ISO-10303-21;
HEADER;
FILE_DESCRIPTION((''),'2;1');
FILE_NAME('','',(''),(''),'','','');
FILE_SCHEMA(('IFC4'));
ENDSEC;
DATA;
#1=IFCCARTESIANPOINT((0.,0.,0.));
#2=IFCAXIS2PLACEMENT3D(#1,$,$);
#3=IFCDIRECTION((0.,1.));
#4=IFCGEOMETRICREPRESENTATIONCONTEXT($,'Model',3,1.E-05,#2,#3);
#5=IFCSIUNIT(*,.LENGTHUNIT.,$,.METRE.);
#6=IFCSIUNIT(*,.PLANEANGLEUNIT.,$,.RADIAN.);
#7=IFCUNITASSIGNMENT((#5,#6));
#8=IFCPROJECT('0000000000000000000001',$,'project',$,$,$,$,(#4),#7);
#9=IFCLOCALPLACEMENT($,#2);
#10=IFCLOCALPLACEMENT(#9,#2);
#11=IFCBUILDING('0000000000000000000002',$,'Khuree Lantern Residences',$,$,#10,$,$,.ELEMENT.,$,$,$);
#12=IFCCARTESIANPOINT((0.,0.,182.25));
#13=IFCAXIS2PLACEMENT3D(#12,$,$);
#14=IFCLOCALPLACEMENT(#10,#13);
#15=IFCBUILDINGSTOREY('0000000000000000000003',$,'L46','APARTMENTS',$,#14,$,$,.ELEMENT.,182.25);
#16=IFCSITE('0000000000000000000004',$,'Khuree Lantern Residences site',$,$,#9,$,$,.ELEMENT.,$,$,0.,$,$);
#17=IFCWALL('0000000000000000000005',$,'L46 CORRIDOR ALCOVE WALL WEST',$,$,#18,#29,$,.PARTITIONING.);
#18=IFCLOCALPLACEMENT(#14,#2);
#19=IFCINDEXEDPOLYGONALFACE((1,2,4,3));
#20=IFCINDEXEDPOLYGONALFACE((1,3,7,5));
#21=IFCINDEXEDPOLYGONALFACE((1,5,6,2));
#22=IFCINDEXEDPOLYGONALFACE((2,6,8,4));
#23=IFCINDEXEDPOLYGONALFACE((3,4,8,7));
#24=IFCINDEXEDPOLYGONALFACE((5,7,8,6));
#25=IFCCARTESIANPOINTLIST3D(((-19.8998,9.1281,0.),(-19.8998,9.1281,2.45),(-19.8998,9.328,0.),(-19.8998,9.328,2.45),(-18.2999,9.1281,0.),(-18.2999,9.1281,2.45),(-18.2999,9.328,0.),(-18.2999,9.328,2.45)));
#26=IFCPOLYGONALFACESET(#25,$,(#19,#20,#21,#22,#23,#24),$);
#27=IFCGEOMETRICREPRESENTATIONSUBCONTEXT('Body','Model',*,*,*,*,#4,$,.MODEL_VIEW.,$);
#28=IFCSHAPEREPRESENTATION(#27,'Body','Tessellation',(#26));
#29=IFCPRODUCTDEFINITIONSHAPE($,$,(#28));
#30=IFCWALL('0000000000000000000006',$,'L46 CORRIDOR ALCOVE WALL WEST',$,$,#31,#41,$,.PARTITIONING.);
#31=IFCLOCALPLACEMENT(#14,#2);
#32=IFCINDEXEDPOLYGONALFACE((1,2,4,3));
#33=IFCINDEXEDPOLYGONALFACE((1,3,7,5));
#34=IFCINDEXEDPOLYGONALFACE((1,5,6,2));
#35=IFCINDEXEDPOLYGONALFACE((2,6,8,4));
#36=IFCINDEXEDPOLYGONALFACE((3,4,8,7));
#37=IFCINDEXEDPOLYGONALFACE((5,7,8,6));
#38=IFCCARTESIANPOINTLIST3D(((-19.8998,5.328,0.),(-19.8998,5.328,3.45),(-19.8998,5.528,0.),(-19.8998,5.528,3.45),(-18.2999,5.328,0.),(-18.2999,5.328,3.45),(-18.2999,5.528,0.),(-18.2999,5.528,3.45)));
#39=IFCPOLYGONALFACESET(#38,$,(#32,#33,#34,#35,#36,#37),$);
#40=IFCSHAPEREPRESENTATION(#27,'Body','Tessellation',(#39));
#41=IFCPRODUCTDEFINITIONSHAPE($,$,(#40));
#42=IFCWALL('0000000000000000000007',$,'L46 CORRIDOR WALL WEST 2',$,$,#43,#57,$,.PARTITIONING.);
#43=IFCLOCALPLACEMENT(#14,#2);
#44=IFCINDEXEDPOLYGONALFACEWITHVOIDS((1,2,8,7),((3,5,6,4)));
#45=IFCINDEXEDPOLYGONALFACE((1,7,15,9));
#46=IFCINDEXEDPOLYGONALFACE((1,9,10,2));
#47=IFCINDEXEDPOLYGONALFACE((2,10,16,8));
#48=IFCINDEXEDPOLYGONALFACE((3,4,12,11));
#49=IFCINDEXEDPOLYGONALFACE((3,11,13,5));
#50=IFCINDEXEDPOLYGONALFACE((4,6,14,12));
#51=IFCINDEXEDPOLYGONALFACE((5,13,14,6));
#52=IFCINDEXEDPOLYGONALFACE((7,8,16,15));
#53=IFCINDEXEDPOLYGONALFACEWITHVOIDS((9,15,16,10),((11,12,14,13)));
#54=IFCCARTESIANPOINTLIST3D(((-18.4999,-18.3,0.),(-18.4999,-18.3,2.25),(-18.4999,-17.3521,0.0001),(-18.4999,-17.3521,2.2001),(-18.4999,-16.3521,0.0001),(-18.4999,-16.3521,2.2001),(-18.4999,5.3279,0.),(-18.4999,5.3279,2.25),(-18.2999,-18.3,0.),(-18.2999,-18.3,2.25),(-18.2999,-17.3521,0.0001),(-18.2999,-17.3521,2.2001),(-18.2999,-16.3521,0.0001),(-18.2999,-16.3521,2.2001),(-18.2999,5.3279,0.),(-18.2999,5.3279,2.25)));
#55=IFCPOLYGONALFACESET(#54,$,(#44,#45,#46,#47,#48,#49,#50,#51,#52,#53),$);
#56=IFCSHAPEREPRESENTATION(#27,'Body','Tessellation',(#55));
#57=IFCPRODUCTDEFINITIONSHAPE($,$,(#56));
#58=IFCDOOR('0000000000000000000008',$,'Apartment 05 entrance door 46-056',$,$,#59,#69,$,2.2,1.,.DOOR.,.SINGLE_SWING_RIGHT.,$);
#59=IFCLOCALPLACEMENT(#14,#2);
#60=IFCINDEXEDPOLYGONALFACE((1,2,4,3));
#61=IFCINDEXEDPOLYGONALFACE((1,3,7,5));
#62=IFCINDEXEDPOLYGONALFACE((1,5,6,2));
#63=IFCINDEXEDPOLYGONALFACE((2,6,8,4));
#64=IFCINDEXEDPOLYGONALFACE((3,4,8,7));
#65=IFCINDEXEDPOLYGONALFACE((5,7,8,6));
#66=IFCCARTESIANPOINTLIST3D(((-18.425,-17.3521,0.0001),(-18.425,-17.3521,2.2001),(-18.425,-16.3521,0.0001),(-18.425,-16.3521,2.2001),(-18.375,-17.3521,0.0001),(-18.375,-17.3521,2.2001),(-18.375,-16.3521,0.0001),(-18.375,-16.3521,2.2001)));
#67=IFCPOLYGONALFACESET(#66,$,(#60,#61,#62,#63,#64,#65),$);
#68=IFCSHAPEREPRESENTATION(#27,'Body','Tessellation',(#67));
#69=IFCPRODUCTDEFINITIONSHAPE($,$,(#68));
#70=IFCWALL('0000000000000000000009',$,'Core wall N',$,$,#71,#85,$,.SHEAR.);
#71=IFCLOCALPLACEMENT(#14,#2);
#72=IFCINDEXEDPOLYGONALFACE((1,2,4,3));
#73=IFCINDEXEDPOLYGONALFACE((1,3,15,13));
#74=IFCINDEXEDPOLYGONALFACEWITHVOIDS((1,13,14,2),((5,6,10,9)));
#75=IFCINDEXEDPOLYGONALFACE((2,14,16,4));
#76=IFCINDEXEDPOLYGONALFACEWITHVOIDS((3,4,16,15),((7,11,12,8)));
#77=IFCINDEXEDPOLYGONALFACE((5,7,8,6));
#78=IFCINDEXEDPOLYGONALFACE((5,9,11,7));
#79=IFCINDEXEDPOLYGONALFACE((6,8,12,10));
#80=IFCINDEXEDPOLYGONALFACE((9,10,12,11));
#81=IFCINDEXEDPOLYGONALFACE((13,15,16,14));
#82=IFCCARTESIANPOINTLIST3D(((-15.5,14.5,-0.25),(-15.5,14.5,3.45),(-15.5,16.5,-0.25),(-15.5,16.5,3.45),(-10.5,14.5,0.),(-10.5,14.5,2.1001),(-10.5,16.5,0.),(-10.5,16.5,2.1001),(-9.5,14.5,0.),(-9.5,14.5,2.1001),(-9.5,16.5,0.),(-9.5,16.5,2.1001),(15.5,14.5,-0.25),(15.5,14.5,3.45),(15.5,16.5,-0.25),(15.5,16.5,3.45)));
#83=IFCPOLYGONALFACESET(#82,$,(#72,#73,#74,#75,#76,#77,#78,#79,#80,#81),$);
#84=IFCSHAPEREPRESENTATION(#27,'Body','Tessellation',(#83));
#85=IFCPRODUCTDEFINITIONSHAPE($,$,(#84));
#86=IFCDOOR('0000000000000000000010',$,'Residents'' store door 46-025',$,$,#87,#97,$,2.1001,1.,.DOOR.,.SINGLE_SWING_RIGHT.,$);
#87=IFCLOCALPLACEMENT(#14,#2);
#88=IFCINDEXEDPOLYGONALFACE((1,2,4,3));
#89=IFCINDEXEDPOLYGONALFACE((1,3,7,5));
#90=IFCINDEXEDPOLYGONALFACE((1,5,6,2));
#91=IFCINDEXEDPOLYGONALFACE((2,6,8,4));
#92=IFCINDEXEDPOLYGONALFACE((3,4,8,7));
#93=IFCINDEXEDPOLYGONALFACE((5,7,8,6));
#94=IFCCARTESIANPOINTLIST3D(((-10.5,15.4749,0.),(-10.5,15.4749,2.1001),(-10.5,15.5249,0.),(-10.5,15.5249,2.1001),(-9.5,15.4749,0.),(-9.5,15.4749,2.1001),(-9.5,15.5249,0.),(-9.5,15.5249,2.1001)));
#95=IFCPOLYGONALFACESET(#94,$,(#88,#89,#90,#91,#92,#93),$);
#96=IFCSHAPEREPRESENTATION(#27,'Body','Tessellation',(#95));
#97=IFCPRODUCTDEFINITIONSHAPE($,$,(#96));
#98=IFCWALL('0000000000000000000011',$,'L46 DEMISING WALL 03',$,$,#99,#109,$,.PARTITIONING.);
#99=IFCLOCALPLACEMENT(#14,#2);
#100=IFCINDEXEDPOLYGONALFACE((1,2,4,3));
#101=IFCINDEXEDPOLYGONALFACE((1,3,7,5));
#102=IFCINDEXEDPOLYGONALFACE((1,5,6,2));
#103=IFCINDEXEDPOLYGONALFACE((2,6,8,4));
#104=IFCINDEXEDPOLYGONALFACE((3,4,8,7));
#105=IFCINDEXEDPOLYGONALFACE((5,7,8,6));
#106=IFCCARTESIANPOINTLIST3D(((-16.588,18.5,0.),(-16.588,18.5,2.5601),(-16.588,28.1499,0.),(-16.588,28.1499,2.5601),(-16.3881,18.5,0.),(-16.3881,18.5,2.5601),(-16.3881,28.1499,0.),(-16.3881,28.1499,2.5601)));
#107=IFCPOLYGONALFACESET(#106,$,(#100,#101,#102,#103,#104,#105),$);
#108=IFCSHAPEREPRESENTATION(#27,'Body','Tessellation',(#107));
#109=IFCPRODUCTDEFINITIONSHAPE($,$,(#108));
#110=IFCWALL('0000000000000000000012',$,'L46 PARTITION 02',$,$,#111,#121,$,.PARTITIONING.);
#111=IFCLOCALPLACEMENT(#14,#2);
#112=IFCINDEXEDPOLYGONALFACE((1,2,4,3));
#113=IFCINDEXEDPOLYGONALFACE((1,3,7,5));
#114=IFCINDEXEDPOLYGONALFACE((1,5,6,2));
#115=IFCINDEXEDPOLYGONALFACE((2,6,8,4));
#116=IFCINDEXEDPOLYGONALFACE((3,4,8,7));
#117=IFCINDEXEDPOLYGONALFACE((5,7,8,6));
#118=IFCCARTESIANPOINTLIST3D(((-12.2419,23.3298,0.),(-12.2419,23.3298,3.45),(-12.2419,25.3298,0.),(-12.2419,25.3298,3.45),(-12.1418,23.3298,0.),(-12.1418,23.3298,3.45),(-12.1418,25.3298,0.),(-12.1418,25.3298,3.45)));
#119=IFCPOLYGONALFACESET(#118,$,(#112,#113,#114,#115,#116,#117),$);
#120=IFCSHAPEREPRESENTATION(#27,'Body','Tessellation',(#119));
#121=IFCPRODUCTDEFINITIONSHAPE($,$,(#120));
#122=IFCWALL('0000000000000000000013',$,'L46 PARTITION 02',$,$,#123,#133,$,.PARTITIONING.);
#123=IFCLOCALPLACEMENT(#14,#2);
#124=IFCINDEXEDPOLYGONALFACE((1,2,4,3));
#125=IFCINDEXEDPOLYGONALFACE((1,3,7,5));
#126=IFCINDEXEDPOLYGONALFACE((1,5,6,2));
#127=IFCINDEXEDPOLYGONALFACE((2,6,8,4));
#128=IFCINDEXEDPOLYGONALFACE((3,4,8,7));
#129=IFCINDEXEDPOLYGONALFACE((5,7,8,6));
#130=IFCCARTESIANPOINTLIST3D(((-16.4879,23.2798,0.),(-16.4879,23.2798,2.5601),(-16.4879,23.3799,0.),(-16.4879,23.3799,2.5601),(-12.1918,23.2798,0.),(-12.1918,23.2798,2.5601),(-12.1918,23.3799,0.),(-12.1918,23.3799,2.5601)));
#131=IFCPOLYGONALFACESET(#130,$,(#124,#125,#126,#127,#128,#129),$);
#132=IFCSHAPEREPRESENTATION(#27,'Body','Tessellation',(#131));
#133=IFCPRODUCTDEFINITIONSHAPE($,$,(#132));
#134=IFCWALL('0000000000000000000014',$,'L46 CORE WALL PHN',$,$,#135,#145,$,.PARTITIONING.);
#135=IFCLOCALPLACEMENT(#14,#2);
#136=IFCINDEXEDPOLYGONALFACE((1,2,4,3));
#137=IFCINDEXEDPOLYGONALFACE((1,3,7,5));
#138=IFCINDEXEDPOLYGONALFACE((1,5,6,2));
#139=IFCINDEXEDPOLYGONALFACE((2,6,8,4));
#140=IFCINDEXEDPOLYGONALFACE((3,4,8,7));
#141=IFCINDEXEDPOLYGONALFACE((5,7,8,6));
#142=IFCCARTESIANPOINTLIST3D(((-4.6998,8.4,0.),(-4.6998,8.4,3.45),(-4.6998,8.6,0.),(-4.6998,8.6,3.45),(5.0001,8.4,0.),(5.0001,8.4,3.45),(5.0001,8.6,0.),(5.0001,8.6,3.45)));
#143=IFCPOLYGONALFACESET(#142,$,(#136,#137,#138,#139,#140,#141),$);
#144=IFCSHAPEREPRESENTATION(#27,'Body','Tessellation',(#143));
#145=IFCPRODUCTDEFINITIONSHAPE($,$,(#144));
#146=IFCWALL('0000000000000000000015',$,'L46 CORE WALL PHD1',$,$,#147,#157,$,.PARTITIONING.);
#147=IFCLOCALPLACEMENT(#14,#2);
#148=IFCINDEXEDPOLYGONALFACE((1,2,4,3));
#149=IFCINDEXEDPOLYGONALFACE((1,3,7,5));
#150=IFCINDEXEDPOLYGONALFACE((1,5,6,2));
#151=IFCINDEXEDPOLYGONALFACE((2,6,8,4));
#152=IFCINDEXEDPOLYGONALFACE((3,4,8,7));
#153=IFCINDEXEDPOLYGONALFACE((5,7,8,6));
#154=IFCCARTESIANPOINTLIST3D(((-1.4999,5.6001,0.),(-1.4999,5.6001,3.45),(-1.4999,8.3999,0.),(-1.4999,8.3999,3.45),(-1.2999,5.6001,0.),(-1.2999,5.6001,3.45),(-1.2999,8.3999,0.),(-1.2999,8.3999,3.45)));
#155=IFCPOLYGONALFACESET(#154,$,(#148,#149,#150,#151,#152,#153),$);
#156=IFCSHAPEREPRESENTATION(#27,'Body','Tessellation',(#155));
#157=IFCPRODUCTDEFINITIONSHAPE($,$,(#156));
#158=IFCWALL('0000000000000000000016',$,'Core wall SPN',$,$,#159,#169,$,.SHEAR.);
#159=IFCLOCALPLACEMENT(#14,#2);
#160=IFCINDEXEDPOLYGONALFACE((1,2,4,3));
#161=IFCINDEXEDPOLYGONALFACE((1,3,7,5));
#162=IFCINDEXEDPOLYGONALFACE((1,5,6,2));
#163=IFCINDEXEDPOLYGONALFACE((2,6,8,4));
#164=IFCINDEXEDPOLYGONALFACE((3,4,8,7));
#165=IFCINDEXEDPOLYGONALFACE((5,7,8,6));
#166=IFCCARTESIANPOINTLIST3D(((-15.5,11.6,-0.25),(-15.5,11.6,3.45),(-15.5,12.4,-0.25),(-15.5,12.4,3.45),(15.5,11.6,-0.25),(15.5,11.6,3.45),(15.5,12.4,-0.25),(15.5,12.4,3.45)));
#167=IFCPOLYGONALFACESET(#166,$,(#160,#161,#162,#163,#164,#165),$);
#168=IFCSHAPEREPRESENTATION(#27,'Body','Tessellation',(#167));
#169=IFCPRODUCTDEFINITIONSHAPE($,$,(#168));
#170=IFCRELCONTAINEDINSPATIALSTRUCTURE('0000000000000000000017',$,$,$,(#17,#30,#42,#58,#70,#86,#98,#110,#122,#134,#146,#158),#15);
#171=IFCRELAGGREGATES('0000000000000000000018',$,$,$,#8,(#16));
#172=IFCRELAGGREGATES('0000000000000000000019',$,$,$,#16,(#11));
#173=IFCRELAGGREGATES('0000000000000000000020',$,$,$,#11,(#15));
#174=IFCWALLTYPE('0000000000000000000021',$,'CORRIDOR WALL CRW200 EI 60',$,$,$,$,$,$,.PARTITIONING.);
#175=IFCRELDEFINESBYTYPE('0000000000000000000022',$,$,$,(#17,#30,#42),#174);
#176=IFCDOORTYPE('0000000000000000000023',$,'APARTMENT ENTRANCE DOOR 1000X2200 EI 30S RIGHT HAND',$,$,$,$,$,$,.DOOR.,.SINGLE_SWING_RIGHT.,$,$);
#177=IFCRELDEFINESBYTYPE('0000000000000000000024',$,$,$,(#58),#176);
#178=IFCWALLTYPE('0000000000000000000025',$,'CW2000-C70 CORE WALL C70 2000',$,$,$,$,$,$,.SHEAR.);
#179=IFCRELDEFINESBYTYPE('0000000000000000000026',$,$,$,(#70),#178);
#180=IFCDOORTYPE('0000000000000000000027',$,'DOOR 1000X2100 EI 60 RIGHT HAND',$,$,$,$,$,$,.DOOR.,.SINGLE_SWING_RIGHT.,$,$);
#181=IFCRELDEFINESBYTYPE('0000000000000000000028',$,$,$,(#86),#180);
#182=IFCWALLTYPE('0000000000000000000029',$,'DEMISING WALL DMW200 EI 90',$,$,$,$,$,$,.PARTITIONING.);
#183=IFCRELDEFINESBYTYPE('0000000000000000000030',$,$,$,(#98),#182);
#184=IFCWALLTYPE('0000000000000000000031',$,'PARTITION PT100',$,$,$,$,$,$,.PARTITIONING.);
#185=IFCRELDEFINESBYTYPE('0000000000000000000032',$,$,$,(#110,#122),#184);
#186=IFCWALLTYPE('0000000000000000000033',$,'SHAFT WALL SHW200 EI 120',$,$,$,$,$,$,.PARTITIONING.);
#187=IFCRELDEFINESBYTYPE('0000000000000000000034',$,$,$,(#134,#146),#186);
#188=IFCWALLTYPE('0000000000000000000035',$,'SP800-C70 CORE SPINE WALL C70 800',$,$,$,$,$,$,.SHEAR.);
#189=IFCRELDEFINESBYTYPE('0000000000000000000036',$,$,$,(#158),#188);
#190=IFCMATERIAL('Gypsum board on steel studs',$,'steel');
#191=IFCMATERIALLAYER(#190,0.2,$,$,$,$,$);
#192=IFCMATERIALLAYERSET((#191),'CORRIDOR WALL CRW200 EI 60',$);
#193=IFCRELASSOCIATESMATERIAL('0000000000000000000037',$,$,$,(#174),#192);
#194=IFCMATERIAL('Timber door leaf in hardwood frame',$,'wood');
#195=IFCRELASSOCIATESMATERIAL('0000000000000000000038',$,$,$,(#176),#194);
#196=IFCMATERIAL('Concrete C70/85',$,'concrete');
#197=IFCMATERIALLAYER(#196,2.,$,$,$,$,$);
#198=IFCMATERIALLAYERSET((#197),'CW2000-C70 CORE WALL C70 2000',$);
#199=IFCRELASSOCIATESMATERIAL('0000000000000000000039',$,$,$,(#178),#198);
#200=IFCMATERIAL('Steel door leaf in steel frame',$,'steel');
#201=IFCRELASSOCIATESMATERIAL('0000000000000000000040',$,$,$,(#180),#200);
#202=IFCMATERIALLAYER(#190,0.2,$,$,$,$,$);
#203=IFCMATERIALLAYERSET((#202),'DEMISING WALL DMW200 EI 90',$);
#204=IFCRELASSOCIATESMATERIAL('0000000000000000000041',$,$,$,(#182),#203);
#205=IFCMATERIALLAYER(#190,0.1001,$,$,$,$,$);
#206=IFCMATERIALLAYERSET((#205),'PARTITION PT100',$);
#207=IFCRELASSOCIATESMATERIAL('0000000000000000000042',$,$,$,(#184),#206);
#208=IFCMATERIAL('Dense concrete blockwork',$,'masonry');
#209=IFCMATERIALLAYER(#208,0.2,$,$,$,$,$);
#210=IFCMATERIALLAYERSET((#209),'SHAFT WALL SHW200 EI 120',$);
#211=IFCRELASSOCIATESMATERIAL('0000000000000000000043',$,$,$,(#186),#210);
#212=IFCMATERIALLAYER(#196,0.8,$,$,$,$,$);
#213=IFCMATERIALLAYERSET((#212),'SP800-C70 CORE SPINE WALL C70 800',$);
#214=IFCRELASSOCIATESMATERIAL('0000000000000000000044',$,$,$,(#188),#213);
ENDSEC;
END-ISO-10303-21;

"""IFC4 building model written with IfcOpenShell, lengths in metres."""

from ifc_helpers import new_model, si_unit, direction, frame, frame_2d, origin, place, context, subcontext, project, spatial, rectangle, extrude, material, layer, layer_set, type_object, element, fill, save


model = new_model("IFC4")

# Units and contexts
model_context = context("Model", 3, precision=1e-05, world=origin(), true_north=direction((0.0, 1.0)))
body_context = subcontext(model_context, "Body", "Model", "MODEL_VIEW")
ifc_project = project(units=[si_unit("LENGTHUNIT", "METRE"), si_unit("PLANEANGLEUNIT", "RADIAN")], contexts=[model_context])

# Site, building, storey
site_placement = place(None, origin())
site = spatial("IfcSite", under=ifc_project, at=site_placement, Name="Khuree Lantern Residences site", CompositionType="ELEMENT", RefElevation=0.0)
building_placement = place(site_placement, origin())
building = spatial("IfcBuilding", under=site, at=building_placement, Name="Khuree Lantern Residences", CompositionType="ELEMENT")
storey_placement = place(building_placement, frame((0.0, 0.0, 182.25)))
storey = spatial("IfcBuildingStorey", under=building, at=storey_placement, Name="L46", Description="APARTMENTS", CompositionType="ELEMENT", Elevation=182.25)

# Shared definitions
ifc_material_1 = material(Name="Concrete C70/85", Category="concrete")

# Shared definitions
ifc_material_2 = material(Name="Dense concrete blockwork", Category="masonry")

# Shared definitions
ifc_material_3 = material(Name="Steel door leaf in steel frame", Category="steel")
ifc_material_4 = material(Name="Timber door leaf in hardwood frame", Category="wood")

# Shared definitions
ifc_material_5 = material(Name="Gypsum board on steel studs", Category="steel")
ifc_layer_1 = layer(ifc_material_5, 0.2)
ifc_layer_set_1 = layer_set([ifc_layer_1], Name="CORRIDOR WALL CRW200 EI 60")
wall_type_1 = type_object("IfcWallType", Name="CORRIDOR WALL CRW200 EI 60", PredefinedType="PARTITIONING", material=ifc_layer_set_1)

# Walls
wall_1_placement = place(storey_placement, frame((-18.3, 9.228, 0.0), z_axis=(0.0, 0.0, 1.0), x_axis=(-1.0, 0.0, 0.0)))
element("IfcWall", 1, at=wall_1_placement, inside=storey, type_object=wall_type_1, Name="L46 CORRIDOR ALCOVE WALL WEST", PredefinedType="PARTITIONING", context=body_context, shape_type="SweptSolid", body=[
    extrude(rectangle(XDim=1.5999, YDim=0.2, at=frame_2d((0.7998, 0.0))), origin(), (0.0, 0.0, 1.0), 2.45),
])
wall_2_placement = place(storey_placement, frame((-18.3, 5.428, 0.0), z_axis=(0.0, 0.0, 1.0), x_axis=(-1.0, 0.0, 0.0)))
element("IfcWall", 2, at=wall_2_placement, inside=storey, type_object=wall_type_1, Name="L46 CORRIDOR ALCOVE WALL WEST", PredefinedType="PARTITIONING", context=body_context, shape_type="SweptSolid", body=[
    extrude(rectangle(XDim=1.5999, YDim=0.2, at=frame_2d((0.7998, 0.0))), origin(), (0.0, 0.0, 1.0), 3.45),
])

# Walls, openings, doors
wall_3_placement = place(storey_placement, frame((-18.3999, 5.3279, 0.0), z_axis=(0.0, 0.0, 1.0), x_axis=(0.0, -1.0, 0.0)))
wall_3 = element("IfcWall", 3, at=wall_3_placement, inside=storey, type_object=wall_type_1, Name="L46 CORRIDOR WALL WEST 2", PredefinedType="PARTITIONING", context=body_context, shape_type="SweptSolid", body=[
    extrude(rectangle(XDim=23.6279, YDim=0.2, at=frame_2d((11.814, 0.0))), origin(), (0.0, 0.0, 1.0), 2.25),
])
opening_1_placement = place(wall_3_placement, frame((21.6799, 0.0, 0.0)))
opening_1 = element("IfcOpeningElement", 4, at=opening_1_placement, cuts=wall_3, PredefinedType="OPENING", context=body_context, shape_type="SweptSolid", body=[
    extrude(rectangle(XDim=1.0, YDim=2.2, at=frame_2d((0.5, 1.1001))), frame((0.0, 0.1099, 0.0), z_axis=(0.0, -1.0, 0.0), x_axis=(1.0, 0.0, 0.0)), (0.0, 0.0, 1.0), 0.22),
])
door_type_1 = type_object("IfcDoorType", Name="APARTMENT ENTRANCE DOOR 1000X2200 EI 30S RIGHT HAND", OperationType="SINGLE_SWING_RIGHT", PredefinedType="DOOR", material=ifc_material_4)
door_1_placement = place(opening_1_placement, origin())
door_1 = element("IfcDoor", 5, at=door_1_placement, inside=storey, type_object=door_type_1, Name="Apartment 05 entrance door 46-056", OperationType="SINGLE_SWING_RIGHT", OverallHeight=2.2, OverallWidth=1.0, PredefinedType="DOOR", context=body_context, shape_type="SweptSolid", body=[
    extrude(rectangle(XDim=1.0, YDim=2.2, at=frame_2d((0.5, 1.1001))), frame((0.0, 0.0249, 0.0), z_axis=(0.0, -1.0, 0.0), x_axis=(1.0, 0.0, 0.0)), (0.0, 0.0, 1.0), 0.05),
])
fill(opening_1, door_1)
ifc_layer_2 = layer(ifc_material_1, 2.0)
ifc_layer_set_2 = layer_set([ifc_layer_2], Name="CW2000-C70 CORE WALL C70 2000")
wall_type_2 = type_object("IfcWallType", Name="CW2000-C70 CORE WALL C70 2000", PredefinedType="SHEAR", material=ifc_layer_set_2)
wall_4_placement = place(storey_placement, frame((-15.5, 15.5, -0.25), z_axis=(0.0, 0.0, 1.0), x_axis=(1.0, 0.0, 0.0)))
wall_4 = element("IfcWall", 6, at=wall_4_placement, inside=storey, type_object=wall_type_2, Name="Core wall N", PredefinedType="SHEAR", context=body_context, shape_type="SweptSolid", body=[
    extrude(rectangle(XDim=31.0, YDim=2.0, at=frame_2d((15.5, 0.0))), origin(), (0.0, 0.0, 1.0), 3.7),
])
opening_2_placement = place(wall_4_placement, frame((5.0, 0.0, 0.25)))
opening_2 = element("IfcOpeningElement", 7, at=opening_2_placement, cuts=wall_4, PredefinedType="OPENING", context=body_context, shape_type="SweptSolid", body=[
    extrude(rectangle(XDim=1.0, YDim=2.1001, at=frame_2d((0.5, 1.05))), frame((0.0, 1.01, 0.0), z_axis=(0.0, -1.0, 0.0), x_axis=(1.0, 0.0, 0.0)), (0.0, 0.0, 1.0), 2.02),
])
door_type_2 = type_object("IfcDoorType", Name="DOOR 1000X2100 EI 60 RIGHT HAND", OperationType="SINGLE_SWING_RIGHT", PredefinedType="DOOR", material=ifc_material_3)
door_2_placement = place(opening_2_placement, origin())
door_2 = element("IfcDoor", 8, at=door_2_placement, inside=storey, type_object=door_type_2, Name="Residents' store door 46-025", OperationType="SINGLE_SWING_RIGHT", OverallHeight=2.1001, OverallWidth=1.0, PredefinedType="DOOR", context=body_context, shape_type="SweptSolid", body=[
    extrude(rectangle(XDim=1.0, YDim=2.1001, at=frame_2d((0.5, 1.05))), frame((0.0, 0.0249, 0.0), z_axis=(0.0, -1.0, 0.0), x_axis=(1.0, 0.0, 0.0)), (0.0, 0.0, 1.0), 0.05),
])
fill(opening_2, door_2)

# Walls
ifc_layer_3 = layer(ifc_material_5, 0.2)
ifc_layer_set_3 = layer_set([ifc_layer_3], Name="DEMISING WALL DMW200 EI 90")
wall_type_3 = type_object("IfcWallType", Name="DEMISING WALL DMW200 EI 90", PredefinedType="PARTITIONING", material=ifc_layer_set_3)
wall_5_placement = place(storey_placement, frame((-16.488, 18.5, 0.0), z_axis=(0.0, 0.0, 1.0), x_axis=(0.0, 1.0, 0.0)))
element("IfcWall", 9, at=wall_5_placement, inside=storey, type_object=wall_type_3, Name="L46 DEMISING WALL 03", PredefinedType="PARTITIONING", context=body_context, shape_type="SweptSolid", body=[
    extrude(rectangle(XDim=9.6499, YDim=0.2, at=frame_2d((4.825, 0.0))), origin(), (0.0, 0.0, 1.0), 2.5601),
])
ifc_layer_4 = layer(ifc_material_5, 0.1001)
ifc_layer_set_4 = layer_set([ifc_layer_4], Name="PARTITION PT100")
wall_type_4 = type_object("IfcWallType", Name="PARTITION PT100", PredefinedType="PARTITIONING", material=ifc_layer_set_4)
wall_6_placement = place(storey_placement, frame((-12.1919, 23.3298, 0.0), z_axis=(0.0, 0.0, 1.0), x_axis=(0.0, 1.0, 0.0)))
element("IfcWall", 10, at=wall_6_placement, inside=storey, type_object=wall_type_4, Name="L46 PARTITION 02", PredefinedType="PARTITIONING", context=body_context, shape_type="SweptSolid", body=[
    extrude(rectangle(XDim=2.0, YDim=0.1001, at=frame_2d((1.0, 0.0))), origin(), (0.0, 0.0, 1.0), 3.45),
])
wall_7_placement = place(storey_placement, frame((-12.1919, 23.3298, 0.0), z_axis=(0.0, 0.0, 1.0), x_axis=(-1.0, 0.0, 0.0)))
element("IfcWall", 11, at=wall_7_placement, inside=storey, type_object=wall_type_4, Name="L46 PARTITION 02", PredefinedType="PARTITIONING", context=body_context, shape_type="SweptSolid", body=[
    extrude(rectangle(XDim=4.2961, YDim=0.1001, at=frame_2d((2.1479, 0.0))), origin(), (0.0, 0.0, 1.0), 2.5601),
])
ifc_layer_5 = layer(ifc_material_2, 0.2)
ifc_layer_set_5 = layer_set([ifc_layer_5], Name="SHAFT WALL SHW200 EI 120")
wall_type_5 = type_object("IfcWallType", Name="SHAFT WALL SHW200 EI 120", PredefinedType="PARTITIONING", material=ifc_layer_set_5)
wall_8_placement = place(storey_placement, frame((-4.7, 8.5, 0.0), z_axis=(0.0, 0.0, 1.0), x_axis=(1.0, 0.0, 0.0)))
element("IfcWall", 12, at=wall_8_placement, inside=storey, type_object=wall_type_5, Name="L46 CORE WALL PHN", PredefinedType="PARTITIONING", context=body_context, shape_type="SweptSolid", body=[
    extrude(rectangle(XDim=9.7, YDim=0.2, at=frame_2d((4.8501, 0.0))), origin(), (0.0, 0.0, 1.0), 3.45),
])
wall_9_placement = place(storey_placement, frame((-1.3999, 5.6001, 0.0), z_axis=(0.0, 0.0, 1.0), x_axis=(0.0, 1.0, 0.0)))
element("IfcWall", 13, at=wall_9_placement, inside=storey, type_object=wall_type_5, Name="L46 CORE WALL PHD1", PredefinedType="PARTITIONING", context=body_context, shape_type="SweptSolid", body=[
    extrude(rectangle(XDim=2.7998, YDim=0.2, at=frame_2d((1.3999, 0.0))), origin(), (0.0, 0.0, 1.0), 3.45),
])
ifc_layer_6 = layer(ifc_material_1, 0.8)
ifc_layer_set_6 = layer_set([ifc_layer_6], Name="SP800-C70 CORE SPINE WALL C70 800")
wall_type_6 = type_object("IfcWallType", Name="SP800-C70 CORE SPINE WALL C70 800", PredefinedType="SHEAR", material=ifc_layer_set_6)
wall_10_placement = place(storey_placement, frame((-15.5, 12.0, -0.25), z_axis=(0.0, 0.0, 1.0), x_axis=(1.0, 0.0, 0.0)))
element("IfcWall", 14, at=wall_10_placement, inside=storey, type_object=wall_type_6, Name="Core wall SPN", PredefinedType="SHEAR", context=body_context, shape_type="SweptSolid", body=[
    extrude(rectangle(XDim=31.0, YDim=0.8, at=frame_2d((15.5, 0.0))), origin(), (0.0, 0.0, 1.0), 3.7),
])

save(model, "model.ifc")
